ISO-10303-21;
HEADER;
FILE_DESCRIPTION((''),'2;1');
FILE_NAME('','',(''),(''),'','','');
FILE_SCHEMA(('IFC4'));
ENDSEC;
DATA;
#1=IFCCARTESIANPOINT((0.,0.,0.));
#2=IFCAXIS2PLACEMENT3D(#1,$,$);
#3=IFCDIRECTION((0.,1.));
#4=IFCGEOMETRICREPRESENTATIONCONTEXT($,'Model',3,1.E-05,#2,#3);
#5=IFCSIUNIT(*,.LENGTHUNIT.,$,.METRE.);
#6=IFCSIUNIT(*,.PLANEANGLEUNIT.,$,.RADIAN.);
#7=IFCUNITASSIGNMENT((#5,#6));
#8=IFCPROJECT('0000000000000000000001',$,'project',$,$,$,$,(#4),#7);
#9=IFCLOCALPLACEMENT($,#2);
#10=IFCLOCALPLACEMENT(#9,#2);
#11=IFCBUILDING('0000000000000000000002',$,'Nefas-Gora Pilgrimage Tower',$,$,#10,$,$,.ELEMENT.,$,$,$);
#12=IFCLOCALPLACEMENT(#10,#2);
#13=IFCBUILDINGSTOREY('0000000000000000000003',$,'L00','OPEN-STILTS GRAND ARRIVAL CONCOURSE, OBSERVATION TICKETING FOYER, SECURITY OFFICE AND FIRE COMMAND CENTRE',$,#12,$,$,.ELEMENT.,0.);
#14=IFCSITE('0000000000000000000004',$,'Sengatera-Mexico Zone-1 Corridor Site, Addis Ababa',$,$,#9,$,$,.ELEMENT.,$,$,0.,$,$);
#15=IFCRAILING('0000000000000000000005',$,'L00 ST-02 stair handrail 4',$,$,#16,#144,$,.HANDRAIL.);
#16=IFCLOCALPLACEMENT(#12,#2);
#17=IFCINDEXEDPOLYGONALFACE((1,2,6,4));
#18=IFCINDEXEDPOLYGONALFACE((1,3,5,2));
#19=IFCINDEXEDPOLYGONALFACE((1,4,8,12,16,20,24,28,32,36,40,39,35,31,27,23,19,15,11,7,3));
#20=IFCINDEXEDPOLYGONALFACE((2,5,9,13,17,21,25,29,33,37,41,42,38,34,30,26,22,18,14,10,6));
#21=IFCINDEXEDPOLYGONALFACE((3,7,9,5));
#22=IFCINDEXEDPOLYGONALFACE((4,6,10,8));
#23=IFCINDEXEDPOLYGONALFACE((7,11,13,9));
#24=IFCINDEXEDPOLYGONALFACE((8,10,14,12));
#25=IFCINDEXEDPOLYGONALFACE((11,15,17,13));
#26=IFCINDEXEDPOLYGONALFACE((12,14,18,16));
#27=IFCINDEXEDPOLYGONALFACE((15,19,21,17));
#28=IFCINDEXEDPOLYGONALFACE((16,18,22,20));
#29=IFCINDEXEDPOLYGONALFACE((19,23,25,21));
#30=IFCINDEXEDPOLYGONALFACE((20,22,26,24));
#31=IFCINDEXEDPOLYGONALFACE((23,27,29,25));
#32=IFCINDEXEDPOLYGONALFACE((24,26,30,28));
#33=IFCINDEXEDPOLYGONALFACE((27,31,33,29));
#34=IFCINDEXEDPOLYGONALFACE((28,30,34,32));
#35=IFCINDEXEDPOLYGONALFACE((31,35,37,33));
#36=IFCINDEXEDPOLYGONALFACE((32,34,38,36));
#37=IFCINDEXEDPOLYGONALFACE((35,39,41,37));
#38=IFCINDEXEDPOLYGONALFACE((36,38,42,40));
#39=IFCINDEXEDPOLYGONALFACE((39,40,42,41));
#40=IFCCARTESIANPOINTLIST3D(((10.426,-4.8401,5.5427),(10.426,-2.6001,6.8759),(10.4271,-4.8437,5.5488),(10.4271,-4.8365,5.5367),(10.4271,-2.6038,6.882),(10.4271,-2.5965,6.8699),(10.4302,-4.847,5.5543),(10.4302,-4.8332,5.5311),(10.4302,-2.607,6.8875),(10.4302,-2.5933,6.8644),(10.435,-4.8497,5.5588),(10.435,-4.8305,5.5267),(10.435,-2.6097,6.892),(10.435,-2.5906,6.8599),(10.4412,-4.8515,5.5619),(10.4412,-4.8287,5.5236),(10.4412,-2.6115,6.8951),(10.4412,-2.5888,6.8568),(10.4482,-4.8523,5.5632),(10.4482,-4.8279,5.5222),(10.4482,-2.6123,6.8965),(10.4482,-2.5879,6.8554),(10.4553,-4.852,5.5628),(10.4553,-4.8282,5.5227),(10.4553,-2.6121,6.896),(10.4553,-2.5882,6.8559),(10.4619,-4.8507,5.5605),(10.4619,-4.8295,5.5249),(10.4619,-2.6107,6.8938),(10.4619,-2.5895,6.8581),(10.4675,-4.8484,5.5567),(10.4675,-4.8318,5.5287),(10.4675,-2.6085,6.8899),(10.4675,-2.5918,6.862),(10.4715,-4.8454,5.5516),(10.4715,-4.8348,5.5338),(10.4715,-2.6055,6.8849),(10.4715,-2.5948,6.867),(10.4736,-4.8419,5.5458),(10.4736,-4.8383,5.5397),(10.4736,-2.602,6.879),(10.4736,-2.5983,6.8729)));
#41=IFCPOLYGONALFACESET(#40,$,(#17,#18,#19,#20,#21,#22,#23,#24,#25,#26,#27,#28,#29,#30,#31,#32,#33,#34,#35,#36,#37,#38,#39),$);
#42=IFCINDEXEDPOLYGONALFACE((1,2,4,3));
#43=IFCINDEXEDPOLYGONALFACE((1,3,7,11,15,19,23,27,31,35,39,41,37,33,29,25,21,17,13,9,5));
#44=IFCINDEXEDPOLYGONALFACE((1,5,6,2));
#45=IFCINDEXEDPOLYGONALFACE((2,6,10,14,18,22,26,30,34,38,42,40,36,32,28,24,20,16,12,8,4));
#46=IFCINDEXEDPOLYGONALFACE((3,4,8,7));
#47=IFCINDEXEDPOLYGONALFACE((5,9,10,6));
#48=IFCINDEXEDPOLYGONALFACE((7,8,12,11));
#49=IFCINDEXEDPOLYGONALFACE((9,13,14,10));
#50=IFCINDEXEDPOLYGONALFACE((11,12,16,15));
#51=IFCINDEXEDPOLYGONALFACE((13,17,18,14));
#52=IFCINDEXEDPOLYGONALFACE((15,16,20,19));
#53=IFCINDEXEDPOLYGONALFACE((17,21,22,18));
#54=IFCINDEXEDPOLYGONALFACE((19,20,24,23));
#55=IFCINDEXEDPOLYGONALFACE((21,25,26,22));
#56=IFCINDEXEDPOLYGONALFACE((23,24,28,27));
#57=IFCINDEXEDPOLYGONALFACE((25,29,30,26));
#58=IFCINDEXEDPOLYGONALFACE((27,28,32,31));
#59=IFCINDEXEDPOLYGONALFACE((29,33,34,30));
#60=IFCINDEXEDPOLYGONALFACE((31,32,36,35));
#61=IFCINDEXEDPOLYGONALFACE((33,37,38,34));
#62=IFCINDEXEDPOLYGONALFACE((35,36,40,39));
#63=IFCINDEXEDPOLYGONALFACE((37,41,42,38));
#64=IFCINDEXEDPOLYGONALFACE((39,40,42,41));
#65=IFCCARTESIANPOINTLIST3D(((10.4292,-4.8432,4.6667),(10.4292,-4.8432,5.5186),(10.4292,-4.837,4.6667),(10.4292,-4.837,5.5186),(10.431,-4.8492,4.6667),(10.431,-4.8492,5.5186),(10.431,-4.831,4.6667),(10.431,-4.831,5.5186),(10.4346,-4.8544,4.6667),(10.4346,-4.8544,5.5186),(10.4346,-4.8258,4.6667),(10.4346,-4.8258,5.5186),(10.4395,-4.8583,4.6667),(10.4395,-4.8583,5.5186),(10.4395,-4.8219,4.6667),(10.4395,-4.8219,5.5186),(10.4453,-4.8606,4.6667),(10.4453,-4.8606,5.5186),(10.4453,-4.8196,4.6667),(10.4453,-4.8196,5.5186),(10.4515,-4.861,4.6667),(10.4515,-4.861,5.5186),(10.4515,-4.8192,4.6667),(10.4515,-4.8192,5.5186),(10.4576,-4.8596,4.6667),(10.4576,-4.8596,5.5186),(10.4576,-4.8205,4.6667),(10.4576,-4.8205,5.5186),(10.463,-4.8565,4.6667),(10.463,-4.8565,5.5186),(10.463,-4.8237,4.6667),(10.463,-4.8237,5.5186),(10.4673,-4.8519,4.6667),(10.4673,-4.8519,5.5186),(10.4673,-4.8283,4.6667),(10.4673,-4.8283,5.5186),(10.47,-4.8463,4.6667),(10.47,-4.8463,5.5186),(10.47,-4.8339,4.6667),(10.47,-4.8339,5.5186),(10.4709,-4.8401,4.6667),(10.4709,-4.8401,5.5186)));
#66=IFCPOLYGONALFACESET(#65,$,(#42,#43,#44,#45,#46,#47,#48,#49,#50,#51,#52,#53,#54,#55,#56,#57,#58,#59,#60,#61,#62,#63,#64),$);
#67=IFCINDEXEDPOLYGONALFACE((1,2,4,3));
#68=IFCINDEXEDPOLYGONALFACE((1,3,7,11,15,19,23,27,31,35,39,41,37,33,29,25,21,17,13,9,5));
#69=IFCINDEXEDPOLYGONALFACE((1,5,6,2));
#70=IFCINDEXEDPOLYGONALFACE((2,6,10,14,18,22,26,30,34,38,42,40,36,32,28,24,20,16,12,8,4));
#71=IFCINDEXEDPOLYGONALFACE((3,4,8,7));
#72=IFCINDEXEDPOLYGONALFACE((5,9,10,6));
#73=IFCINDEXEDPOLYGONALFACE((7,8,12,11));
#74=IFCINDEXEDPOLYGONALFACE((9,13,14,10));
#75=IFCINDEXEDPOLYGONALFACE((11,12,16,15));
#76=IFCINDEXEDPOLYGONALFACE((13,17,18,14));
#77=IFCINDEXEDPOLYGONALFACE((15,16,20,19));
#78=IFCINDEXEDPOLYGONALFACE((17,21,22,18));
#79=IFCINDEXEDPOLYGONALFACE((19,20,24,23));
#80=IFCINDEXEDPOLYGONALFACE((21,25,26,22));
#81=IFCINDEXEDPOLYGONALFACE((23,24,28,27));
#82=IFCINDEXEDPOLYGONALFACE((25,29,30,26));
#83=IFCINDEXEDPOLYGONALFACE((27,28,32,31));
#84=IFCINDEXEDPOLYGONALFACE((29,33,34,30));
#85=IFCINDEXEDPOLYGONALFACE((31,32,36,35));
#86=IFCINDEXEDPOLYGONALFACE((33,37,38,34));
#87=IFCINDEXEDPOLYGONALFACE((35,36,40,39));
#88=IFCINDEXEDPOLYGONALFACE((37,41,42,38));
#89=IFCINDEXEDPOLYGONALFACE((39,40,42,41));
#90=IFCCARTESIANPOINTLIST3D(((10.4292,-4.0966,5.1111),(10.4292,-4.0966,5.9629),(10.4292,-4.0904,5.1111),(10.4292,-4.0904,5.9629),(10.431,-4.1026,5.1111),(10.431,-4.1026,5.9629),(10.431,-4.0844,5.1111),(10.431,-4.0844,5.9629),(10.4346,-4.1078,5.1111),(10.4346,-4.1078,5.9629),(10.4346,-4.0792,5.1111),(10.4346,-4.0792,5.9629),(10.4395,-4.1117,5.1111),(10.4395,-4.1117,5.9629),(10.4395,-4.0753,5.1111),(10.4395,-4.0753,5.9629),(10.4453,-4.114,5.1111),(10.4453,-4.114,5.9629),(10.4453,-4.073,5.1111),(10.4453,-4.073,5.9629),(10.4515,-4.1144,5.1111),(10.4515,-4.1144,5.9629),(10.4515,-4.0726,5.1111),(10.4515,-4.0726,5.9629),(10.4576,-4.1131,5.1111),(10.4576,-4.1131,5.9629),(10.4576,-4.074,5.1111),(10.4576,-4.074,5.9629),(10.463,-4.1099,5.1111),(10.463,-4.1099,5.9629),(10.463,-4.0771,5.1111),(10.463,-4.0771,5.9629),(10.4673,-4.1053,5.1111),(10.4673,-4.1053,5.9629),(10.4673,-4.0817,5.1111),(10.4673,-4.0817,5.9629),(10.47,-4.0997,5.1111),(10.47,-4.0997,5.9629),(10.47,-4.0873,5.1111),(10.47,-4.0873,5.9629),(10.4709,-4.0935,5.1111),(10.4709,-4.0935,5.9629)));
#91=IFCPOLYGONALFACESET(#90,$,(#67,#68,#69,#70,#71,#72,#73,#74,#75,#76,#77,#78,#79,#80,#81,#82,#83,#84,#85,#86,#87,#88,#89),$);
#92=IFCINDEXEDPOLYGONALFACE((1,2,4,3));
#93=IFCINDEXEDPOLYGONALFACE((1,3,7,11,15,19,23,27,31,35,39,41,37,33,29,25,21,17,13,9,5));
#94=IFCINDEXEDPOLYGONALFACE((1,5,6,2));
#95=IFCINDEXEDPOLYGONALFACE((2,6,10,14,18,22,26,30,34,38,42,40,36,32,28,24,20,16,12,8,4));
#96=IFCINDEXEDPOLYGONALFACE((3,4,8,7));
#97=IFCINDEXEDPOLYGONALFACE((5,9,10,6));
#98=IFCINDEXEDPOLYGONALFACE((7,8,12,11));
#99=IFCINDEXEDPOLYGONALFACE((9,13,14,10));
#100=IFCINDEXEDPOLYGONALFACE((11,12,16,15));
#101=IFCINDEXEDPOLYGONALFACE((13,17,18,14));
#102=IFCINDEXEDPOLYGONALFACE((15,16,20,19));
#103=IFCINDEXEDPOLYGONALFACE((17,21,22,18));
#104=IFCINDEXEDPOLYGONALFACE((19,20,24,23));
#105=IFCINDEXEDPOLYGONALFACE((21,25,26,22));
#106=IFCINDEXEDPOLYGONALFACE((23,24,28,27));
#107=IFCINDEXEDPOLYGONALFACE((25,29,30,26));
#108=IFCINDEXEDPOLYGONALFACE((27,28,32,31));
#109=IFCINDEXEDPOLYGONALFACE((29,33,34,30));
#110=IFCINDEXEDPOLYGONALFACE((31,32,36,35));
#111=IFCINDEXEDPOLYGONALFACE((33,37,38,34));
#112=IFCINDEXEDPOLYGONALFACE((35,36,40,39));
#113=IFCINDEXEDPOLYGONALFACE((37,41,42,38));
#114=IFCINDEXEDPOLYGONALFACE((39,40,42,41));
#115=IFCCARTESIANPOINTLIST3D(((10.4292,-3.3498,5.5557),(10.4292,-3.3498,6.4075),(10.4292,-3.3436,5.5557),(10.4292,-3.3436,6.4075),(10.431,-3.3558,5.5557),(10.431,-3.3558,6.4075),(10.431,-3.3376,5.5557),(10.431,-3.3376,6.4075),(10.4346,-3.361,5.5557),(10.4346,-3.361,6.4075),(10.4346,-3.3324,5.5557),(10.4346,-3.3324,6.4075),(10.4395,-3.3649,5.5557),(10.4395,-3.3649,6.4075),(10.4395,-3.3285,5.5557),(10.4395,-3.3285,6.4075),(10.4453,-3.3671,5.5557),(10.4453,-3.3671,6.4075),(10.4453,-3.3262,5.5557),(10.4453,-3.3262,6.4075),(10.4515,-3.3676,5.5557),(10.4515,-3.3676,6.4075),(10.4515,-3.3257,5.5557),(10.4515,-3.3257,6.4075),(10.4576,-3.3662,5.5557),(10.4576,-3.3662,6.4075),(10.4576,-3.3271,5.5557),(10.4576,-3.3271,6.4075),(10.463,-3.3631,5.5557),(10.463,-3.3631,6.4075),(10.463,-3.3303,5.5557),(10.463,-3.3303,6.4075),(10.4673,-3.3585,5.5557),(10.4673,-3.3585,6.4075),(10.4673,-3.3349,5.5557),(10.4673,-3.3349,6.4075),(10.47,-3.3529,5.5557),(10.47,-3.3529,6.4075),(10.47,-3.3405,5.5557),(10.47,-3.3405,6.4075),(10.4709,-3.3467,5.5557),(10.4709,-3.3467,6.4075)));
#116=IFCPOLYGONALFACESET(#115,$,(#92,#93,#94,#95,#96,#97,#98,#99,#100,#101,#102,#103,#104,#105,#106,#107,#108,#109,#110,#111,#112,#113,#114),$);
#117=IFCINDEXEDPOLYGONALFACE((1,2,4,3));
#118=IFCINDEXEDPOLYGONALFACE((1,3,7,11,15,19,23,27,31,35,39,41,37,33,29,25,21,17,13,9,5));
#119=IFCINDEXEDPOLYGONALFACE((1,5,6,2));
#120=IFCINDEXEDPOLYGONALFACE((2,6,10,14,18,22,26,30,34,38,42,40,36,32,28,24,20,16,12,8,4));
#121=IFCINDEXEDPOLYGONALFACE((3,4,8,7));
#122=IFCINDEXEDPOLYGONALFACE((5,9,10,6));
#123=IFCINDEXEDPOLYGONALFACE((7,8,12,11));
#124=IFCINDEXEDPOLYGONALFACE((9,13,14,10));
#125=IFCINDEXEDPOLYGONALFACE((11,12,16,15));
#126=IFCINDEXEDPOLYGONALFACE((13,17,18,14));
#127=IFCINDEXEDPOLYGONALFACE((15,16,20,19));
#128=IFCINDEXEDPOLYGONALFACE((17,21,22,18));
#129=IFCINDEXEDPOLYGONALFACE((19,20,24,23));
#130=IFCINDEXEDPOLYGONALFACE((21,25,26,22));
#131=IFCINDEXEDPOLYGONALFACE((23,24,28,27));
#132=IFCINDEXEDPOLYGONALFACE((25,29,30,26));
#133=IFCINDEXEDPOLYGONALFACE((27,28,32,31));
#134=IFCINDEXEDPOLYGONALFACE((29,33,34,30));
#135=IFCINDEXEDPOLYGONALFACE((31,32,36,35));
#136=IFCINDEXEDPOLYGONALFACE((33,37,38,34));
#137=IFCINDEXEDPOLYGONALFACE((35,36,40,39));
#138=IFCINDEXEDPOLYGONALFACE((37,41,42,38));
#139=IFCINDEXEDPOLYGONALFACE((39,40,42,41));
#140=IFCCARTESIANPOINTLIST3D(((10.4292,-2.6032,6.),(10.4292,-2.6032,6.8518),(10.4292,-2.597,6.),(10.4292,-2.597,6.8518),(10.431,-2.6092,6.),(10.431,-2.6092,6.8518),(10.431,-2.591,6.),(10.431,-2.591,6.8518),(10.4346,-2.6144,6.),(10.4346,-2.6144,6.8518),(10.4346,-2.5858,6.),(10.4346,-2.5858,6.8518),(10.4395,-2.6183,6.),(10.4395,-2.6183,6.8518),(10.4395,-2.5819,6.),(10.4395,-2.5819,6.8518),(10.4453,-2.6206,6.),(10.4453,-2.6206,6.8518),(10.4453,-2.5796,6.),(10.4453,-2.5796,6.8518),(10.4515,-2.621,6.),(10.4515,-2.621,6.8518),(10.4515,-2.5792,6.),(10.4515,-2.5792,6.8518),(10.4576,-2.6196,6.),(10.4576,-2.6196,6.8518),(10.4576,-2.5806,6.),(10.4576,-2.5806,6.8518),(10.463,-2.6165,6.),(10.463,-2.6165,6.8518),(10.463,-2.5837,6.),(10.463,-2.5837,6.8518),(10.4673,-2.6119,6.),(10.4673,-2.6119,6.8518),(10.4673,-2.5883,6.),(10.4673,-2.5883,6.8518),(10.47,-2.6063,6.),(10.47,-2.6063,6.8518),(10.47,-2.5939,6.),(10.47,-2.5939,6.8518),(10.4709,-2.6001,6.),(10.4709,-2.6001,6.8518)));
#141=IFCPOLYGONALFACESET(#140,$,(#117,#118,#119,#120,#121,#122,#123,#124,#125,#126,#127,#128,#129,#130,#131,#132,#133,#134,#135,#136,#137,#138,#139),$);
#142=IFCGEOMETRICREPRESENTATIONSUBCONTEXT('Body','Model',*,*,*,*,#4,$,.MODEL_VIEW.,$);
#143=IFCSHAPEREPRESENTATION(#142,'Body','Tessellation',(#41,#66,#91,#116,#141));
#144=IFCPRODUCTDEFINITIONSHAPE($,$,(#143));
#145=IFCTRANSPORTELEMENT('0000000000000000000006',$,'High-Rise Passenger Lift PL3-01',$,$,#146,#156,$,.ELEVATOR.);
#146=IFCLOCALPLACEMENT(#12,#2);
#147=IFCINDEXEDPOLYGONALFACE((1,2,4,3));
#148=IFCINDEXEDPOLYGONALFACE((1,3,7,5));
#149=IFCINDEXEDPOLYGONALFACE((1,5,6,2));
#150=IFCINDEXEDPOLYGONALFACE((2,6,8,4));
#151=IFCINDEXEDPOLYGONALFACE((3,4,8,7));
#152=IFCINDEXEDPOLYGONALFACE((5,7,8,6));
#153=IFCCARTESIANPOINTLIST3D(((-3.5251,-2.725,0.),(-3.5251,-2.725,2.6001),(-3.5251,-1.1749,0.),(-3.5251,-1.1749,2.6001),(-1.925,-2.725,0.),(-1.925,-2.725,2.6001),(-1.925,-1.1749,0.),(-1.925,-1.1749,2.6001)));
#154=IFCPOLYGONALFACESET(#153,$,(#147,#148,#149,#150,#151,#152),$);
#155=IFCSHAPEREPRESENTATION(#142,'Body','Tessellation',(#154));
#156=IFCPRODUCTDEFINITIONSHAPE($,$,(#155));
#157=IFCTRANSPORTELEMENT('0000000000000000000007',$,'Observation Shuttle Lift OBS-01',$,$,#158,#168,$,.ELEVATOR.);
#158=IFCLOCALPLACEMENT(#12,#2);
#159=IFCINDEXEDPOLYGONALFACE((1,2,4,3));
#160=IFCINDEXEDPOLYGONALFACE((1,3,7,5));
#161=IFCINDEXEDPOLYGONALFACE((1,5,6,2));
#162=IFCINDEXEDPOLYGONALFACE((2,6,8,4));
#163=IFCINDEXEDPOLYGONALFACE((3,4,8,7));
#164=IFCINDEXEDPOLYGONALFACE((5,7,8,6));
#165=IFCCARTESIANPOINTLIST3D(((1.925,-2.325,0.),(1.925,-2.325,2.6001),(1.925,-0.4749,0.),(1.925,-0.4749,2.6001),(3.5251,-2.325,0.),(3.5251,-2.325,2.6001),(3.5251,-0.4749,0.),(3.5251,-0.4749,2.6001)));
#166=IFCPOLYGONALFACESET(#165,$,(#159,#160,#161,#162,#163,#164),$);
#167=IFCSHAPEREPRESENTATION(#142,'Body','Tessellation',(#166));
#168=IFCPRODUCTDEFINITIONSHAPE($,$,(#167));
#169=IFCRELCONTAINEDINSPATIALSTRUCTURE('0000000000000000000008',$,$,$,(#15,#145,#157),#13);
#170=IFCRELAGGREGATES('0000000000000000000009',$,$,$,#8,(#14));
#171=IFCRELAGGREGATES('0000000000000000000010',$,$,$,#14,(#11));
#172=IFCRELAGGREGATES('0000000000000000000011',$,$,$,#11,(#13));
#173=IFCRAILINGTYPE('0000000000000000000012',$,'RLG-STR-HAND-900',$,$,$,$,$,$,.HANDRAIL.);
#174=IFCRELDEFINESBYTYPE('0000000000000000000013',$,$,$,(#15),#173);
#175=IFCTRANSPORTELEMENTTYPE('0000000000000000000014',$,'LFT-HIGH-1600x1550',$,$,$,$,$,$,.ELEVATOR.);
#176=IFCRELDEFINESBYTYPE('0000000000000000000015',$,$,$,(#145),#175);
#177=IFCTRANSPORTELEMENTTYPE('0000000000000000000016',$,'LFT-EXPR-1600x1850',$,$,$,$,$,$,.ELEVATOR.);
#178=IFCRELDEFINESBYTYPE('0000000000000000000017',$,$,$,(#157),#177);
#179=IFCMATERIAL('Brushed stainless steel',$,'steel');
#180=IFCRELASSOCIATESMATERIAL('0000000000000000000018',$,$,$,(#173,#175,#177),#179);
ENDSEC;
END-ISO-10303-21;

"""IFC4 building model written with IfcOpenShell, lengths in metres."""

from ifc_helpers import new_model, si_unit, direction, frame, origin, origin_2d, place, context, subcontext, project, spatial, rectangle, circle, extrude, source, transform, mapped, material, type_object, element, save


model = new_model("IFC4")

# Units and contexts
model_context = context("Model", 3, precision=1e-05, world=origin(), true_north=direction((0.0, 1.0)))
body_context = subcontext(model_context, "Body", "Model", "MODEL_VIEW")
ifc_project = project(units=[si_unit("LENGTHUNIT", "METRE"), si_unit("PLANEANGLEUNIT", "RADIAN")], contexts=[model_context])

# Site, building, storey
site_placement = place(None, origin())
site = spatial("IfcSite", under=ifc_project, at=site_placement, Name="Sengatera-Mexico Zone-1 Corridor Site, Addis Ababa", CompositionType="ELEMENT", RefElevation=0.0)
building_placement = place(site_placement, origin())
building = spatial("IfcBuilding", under=site, at=building_placement, Name="Nefas-Gora Pilgrimage Tower", CompositionType="ELEMENT")
storey_placement = place(building_placement, origin())
storey = spatial("IfcBuildingStorey", under=building, at=storey_placement, Name="L00", Description="OPEN-STILTS GRAND ARRIVAL CONCOURSE, OBSERVATION TICKETING FOYER, SECURITY OFFICE AND FIRE COMMAND CENTRE", CompositionType="ELEMENT", Elevation=0.0)

# Railing
ifc_material_1 = material(Name="Brushed stainless steel", Category="steel")
railing_type_1 = type_object("IfcRailingType", Name="RLG-STR-HAND-900", PredefinedType="HANDRAIL", material=ifc_material_1)
railing_1_placement = place(storey_placement, frame((10.45, -4.8401, 4.6667)))
element("IfcRailing", 1, at=railing_1_placement, inside=storey, type_object=railing_type_1, Name="L00 ST-02 stair handrail 4", PredefinedType="HANDRAIL", context=body_context, shape_type="SweptSolid", body=[
    extrude(circle(Radius=0.0239, at=origin_2d()), frame((0.0, 0.0, 0.876), z_axis=(0.0, 0.859306, 0.511462), x_axis=(-1.0, 0.0, 0.0)), (0.0, 0.0, 1.0), 2.6067),
    extrude(circle(Radius=0.021, at=origin_2d()), origin(), (0.0, 0.0, 1.0), 0.8518),
    extrude(circle(Radius=0.021, at=origin_2d()), frame((0.0, 0.7466, 0.4443)), (0.0, 0.0, 1.0), 0.8518),
    extrude(circle(Radius=0.021, at=origin_2d()), frame((0.0, 1.4934, 0.8889)), (0.0, 0.0, 1.0), 0.8518),
    extrude(circle(Radius=0.021, at=origin_2d()), frame((0.0, 2.24, 1.3333)), (0.0, 0.0, 1.0), 0.8518),
])

# Transport elements
transport_element_type_1 = type_object("IfcTransportElementType", Name="LFT-HIGH-1600x1550", PredefinedType="ELEVATOR", material=ifc_material_1)
shared_shape_1 = source(origin(), body_context, "Body", "SweptSolid", [
    extrude(rectangle(XDim=1.6001, YDim=1.55, at=origin_2d()), origin(), (0.0, 0.0, 1.0), 2.6001),
])
transport_element_1_placement = place(storey_placement, frame((-2.7251, -1.95, 0.0), z_axis=(0.0, 0.0, 1.0), x_axis=(1.0, 0.0, 0.0)))
element("IfcTransportElement", 2, at=transport_element_1_placement, inside=storey, type_object=transport_element_type_1, Name="High-Rise Passenger Lift PL3-01", PredefinedType="ELEVATOR", context=body_context, shape_type="MappedRepresentation", body=[
    mapped(shared_shape_1, transform((0.0, 0.0, 0.0), x_axis=(1.0, 0.0, 0.0), y_axis=(0.0, 1.0, 0.0), z_axis=(0.0, 0.0, 1.0), scale=1.0)),
])
transport_element_type_2 = type_object("IfcTransportElementType", Name="LFT-EXPR-1600x1850", PredefinedType="ELEVATOR", material=ifc_material_1)
shared_shape_2 = source(origin(), body_context, "Body", "SweptSolid", [
    extrude(rectangle(XDim=1.6001, YDim=1.8501, at=origin_2d()), origin(), (0.0, 0.0, 1.0), 2.6001),
])
transport_element_2_placement = place(storey_placement, frame((2.7251, -1.3999, 0.0), z_axis=(0.0, 0.0, 1.0), x_axis=(1.0, 0.0, 0.0)))
element("IfcTransportElement", 3, at=transport_element_2_placement, inside=storey, type_object=transport_element_type_2, Name="Observation Shuttle Lift OBS-01", PredefinedType="ELEVATOR", context=body_context, shape_type="MappedRepresentation", body=[
    mapped(shared_shape_2, transform((0.0, 0.0, 0.0), x_axis=(1.0, 0.0, 0.0), y_axis=(0.0, 1.0, 0.0), z_axis=(0.0, 0.0, 1.0), scale=1.0)),
])

save(model, "model.ifc")
